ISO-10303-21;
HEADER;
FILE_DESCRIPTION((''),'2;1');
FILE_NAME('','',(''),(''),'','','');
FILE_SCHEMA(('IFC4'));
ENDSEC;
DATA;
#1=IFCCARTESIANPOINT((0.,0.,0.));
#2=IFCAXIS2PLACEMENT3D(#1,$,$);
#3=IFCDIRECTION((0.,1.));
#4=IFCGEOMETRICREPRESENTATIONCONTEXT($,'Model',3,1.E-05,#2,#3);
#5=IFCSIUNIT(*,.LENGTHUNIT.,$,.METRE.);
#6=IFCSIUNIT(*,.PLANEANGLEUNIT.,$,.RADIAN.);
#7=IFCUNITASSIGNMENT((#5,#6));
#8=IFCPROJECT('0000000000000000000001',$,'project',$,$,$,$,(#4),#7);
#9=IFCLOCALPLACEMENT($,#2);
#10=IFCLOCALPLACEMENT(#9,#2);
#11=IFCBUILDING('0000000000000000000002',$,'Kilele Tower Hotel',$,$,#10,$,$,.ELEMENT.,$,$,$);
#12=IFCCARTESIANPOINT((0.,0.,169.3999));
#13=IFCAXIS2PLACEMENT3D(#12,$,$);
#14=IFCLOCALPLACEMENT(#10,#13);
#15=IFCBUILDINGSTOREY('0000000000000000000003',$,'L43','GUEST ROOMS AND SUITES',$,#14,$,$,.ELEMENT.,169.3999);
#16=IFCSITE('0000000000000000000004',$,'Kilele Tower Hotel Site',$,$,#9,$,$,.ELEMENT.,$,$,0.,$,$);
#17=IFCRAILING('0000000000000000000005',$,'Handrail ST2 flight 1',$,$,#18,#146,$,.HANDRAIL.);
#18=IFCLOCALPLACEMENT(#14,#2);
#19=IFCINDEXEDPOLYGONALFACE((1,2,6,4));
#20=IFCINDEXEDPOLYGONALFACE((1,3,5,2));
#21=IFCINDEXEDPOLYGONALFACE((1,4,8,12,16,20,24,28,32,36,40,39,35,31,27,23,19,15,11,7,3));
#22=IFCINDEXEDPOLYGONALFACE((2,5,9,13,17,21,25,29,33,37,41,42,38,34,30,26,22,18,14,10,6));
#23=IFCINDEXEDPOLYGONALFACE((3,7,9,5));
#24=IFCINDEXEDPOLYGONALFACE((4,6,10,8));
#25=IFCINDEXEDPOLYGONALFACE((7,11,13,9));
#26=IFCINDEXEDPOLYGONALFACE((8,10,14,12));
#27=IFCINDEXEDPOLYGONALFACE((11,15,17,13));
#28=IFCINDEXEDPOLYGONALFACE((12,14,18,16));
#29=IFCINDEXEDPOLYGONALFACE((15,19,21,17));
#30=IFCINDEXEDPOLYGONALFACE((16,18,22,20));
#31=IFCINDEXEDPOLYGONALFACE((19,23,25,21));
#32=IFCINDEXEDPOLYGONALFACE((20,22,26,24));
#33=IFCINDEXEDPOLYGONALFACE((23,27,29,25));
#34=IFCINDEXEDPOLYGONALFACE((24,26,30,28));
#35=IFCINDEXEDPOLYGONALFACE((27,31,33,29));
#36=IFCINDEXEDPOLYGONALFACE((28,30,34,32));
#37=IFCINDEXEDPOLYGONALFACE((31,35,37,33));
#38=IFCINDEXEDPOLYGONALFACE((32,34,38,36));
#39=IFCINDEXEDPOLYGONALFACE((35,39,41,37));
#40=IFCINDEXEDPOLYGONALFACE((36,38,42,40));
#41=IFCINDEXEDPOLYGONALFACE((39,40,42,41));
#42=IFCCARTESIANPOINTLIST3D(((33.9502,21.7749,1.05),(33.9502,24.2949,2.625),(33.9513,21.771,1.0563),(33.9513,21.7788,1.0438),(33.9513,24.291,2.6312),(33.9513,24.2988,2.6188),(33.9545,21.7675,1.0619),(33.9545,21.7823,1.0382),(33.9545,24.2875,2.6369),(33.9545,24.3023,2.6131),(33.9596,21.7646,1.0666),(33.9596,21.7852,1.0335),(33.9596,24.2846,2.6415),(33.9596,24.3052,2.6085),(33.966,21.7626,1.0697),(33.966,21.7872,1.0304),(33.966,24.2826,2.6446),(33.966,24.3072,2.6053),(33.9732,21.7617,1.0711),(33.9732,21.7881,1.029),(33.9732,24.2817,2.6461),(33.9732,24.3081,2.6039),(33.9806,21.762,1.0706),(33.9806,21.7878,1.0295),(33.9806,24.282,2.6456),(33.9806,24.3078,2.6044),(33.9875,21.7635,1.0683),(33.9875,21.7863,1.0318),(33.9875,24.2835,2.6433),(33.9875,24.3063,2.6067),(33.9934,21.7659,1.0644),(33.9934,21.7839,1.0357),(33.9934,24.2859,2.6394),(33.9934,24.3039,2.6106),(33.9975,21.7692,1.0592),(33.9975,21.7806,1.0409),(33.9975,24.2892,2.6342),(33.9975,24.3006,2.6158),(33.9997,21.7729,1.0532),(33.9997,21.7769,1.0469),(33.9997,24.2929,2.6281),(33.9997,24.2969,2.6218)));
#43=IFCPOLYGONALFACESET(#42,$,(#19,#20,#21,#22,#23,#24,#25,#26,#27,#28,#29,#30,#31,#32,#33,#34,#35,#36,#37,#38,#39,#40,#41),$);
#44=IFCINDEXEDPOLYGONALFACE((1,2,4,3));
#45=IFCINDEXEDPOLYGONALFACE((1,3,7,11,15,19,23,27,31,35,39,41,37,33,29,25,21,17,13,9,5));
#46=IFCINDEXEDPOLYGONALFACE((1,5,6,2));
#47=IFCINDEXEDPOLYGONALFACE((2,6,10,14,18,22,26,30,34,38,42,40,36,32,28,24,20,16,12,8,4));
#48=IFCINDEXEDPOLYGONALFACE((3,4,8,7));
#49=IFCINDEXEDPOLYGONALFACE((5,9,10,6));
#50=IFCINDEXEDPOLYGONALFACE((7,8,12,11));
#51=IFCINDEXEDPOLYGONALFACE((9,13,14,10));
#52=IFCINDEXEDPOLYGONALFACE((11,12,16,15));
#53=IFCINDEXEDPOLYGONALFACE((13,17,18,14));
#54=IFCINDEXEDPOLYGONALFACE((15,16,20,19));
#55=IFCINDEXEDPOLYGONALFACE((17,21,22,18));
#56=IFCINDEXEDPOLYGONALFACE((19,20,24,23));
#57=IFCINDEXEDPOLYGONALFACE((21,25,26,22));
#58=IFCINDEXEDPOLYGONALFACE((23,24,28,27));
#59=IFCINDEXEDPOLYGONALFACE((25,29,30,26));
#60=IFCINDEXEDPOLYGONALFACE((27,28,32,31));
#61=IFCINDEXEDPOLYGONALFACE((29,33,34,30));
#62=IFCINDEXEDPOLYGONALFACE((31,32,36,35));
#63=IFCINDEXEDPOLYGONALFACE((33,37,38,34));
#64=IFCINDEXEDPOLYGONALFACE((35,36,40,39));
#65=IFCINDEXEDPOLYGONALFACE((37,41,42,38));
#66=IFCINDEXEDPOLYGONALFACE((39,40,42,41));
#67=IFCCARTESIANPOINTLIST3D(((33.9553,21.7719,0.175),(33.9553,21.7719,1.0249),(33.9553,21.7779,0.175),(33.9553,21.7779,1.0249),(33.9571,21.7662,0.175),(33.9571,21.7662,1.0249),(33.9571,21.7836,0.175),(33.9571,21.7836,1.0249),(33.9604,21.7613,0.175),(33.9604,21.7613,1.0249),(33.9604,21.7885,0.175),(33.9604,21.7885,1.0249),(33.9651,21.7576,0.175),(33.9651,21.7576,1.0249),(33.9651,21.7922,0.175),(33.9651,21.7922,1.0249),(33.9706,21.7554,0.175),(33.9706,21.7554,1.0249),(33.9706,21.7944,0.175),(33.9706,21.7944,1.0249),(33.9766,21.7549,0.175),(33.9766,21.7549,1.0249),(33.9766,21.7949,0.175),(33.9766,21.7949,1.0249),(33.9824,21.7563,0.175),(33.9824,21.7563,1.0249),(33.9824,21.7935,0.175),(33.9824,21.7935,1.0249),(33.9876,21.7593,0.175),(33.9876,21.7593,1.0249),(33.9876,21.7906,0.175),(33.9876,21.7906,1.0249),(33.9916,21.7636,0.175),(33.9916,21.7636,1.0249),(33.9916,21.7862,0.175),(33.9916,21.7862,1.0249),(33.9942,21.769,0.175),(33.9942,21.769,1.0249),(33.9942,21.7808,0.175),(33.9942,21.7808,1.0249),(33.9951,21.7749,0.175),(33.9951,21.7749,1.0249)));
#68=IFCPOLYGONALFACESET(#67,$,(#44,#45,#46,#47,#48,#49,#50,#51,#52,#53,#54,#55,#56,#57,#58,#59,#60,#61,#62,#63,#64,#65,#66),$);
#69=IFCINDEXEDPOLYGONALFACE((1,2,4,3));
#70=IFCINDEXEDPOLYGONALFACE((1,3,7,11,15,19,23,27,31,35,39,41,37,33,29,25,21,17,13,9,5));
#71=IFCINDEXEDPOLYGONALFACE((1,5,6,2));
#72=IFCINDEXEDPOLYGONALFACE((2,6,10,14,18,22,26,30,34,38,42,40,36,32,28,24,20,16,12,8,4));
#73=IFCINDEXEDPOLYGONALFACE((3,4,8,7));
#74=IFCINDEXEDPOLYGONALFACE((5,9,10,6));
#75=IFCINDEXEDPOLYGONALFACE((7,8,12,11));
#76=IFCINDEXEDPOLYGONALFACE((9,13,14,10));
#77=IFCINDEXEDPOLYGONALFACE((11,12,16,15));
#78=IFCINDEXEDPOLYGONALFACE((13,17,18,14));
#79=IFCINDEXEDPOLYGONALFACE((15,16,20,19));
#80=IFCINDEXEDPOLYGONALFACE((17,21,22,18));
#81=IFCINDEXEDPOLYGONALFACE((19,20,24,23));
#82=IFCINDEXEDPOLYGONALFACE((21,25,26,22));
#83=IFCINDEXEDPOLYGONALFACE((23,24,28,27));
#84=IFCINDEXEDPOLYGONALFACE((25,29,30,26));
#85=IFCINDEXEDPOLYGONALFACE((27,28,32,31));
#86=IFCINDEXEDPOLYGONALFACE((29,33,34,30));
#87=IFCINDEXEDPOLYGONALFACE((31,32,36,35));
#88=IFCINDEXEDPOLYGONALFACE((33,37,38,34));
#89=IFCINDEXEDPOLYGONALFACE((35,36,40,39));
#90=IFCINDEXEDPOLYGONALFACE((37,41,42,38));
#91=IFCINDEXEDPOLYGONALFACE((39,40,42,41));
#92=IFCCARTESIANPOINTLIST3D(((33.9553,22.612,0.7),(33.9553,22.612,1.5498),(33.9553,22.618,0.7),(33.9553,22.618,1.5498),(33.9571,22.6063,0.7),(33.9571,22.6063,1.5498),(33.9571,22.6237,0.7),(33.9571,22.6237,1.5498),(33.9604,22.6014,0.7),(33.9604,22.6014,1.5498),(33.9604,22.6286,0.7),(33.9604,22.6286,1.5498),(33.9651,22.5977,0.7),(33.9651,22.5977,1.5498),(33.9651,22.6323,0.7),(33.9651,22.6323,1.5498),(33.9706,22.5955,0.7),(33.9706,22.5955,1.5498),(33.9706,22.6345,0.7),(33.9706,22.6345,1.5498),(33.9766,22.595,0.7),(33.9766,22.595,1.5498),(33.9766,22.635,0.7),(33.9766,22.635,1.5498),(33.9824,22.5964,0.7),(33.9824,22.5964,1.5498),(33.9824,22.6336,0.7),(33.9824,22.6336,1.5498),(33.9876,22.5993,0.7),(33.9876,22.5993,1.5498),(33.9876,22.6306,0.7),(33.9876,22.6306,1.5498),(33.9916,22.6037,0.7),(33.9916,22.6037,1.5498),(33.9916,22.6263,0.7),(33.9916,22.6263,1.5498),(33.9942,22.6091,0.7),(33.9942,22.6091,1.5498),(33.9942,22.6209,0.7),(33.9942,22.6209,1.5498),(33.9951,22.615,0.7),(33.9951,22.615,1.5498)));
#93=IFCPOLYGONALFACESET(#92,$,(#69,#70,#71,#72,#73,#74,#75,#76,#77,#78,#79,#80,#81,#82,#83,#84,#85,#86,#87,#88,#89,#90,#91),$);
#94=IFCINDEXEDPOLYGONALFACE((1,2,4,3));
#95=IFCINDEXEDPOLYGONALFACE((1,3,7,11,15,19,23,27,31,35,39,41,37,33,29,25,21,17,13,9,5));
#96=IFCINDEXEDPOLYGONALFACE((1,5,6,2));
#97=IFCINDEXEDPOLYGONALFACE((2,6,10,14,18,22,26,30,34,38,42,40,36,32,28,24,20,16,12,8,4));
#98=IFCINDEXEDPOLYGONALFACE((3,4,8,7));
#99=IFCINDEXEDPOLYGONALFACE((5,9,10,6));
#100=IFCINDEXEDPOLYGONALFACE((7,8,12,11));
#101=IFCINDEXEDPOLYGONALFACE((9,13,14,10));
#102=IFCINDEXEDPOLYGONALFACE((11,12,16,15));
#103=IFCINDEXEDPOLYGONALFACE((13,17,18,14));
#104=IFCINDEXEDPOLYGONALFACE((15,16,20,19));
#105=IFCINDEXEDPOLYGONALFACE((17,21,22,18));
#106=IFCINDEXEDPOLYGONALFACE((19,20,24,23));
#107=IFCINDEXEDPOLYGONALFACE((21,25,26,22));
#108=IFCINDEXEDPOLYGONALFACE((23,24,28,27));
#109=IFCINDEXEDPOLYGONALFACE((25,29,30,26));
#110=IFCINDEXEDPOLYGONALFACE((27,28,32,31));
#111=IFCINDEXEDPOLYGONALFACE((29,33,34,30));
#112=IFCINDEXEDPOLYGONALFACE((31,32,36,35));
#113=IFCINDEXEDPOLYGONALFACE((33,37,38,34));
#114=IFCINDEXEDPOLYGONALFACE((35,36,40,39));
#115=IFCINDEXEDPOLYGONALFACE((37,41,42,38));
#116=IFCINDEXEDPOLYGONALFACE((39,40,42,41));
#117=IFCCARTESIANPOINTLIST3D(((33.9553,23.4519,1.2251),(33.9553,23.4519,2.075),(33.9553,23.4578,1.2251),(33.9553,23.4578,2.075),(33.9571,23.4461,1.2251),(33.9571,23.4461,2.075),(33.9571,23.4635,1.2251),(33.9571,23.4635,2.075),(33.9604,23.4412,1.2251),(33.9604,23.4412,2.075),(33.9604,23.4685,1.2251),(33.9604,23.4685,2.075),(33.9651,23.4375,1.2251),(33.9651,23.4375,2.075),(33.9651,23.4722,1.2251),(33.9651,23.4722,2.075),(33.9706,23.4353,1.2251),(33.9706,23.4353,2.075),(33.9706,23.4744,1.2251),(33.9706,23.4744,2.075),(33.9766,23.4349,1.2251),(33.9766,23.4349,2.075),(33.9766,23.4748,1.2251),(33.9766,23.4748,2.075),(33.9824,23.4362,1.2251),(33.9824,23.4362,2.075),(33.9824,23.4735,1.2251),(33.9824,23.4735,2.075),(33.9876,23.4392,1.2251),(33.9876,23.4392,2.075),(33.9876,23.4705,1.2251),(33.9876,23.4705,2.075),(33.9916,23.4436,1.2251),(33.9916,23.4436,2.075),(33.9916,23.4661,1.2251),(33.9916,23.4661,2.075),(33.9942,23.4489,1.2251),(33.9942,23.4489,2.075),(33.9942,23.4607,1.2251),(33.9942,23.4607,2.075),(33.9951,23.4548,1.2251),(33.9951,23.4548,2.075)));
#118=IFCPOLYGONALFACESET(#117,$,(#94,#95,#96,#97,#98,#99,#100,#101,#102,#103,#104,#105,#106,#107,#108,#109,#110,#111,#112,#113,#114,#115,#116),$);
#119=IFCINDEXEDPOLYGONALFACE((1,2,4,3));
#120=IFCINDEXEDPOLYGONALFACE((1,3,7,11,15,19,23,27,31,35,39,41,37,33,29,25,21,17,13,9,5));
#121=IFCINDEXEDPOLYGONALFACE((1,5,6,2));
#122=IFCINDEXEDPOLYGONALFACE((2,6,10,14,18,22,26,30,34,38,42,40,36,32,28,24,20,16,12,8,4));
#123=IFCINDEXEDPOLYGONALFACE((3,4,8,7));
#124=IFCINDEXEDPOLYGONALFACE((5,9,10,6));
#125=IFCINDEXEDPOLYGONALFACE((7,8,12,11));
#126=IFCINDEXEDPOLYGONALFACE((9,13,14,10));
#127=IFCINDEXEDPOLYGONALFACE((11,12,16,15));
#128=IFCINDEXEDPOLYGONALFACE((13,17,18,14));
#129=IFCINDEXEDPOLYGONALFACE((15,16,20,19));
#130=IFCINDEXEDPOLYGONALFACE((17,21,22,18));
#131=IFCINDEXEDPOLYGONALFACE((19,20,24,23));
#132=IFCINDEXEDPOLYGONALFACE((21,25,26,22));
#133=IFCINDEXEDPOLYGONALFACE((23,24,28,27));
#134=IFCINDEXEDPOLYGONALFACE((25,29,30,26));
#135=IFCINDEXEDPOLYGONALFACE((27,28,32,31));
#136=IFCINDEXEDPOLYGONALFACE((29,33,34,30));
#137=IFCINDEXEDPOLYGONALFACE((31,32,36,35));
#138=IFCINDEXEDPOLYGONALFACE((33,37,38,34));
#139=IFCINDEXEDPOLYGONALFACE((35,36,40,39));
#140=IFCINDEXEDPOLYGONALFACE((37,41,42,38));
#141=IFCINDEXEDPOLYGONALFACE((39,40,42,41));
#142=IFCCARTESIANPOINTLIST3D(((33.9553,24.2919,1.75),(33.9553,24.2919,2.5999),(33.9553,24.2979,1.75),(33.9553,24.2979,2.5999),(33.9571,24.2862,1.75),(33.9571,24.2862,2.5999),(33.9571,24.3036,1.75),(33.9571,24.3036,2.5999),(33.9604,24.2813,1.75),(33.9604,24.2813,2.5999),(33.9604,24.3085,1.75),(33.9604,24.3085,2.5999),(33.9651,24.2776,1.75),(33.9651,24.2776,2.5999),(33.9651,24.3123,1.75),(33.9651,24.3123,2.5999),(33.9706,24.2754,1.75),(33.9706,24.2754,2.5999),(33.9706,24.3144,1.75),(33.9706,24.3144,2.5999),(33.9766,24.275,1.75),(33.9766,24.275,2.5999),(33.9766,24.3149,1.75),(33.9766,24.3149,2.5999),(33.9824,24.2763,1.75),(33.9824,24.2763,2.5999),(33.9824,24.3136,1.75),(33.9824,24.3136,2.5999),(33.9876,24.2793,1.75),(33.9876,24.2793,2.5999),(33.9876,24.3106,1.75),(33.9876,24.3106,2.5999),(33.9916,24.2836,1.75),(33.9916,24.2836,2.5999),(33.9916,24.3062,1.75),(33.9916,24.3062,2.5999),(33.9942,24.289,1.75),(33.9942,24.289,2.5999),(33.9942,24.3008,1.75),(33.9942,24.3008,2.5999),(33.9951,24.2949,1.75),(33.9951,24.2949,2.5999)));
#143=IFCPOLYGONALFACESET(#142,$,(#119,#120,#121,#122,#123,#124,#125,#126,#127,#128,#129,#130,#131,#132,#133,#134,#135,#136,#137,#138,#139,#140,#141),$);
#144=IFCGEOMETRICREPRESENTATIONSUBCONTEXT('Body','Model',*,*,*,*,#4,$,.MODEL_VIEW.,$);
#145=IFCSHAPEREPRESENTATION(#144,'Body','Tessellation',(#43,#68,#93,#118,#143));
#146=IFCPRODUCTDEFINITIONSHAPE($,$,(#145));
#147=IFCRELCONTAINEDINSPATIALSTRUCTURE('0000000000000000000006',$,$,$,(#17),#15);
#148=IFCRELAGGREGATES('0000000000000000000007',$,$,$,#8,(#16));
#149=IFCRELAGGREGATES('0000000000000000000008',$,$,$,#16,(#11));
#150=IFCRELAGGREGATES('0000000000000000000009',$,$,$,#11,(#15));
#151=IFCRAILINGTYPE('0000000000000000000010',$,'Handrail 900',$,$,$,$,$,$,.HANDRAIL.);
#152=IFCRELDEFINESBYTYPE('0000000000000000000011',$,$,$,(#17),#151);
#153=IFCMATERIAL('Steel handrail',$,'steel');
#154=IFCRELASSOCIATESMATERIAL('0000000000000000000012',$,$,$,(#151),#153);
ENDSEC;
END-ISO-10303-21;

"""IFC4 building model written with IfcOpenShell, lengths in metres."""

from ifc_helpers import new_model, si_unit, direction, frame, origin, origin_2d, place, context, subcontext, project, spatial, circle, extrude, material, type_object, element, save


model = new_model("IFC4")

# Units and contexts
model_context = context("Model", 3, precision=1e-05, world=origin(), true_north=direction((0.0, 1.0)))
body_context = subcontext(model_context, "Body", "Model", "MODEL_VIEW")
ifc_project = project(units=[si_unit("LENGTHUNIT", "METRE"), si_unit("PLANEANGLEUNIT", "RADIAN")], contexts=[model_context])

# Site, building, storey
site_placement = place(None, origin())
site = spatial("IfcSite", under=ifc_project, at=site_placement, Name="Kilele Tower Hotel Site", CompositionType="ELEMENT", RefElevation=0.0)
building_placement = place(site_placement, origin())
building = spatial("IfcBuilding", under=site, at=building_placement, Name="Kilele Tower Hotel", CompositionType="ELEMENT")
storey_placement = place(building_placement, frame((0.0, 0.0, 169.3999)))
storey = spatial("IfcBuildingStorey", under=building, at=storey_placement, Name="L43", Description="GUEST ROOMS AND SUITES", CompositionType="ELEMENT", Elevation=169.3999)

# Railing
ifc_material_1 = material(Name="Steel handrail", Category="steel")
railing_type_1 = type_object("IfcRailingType", Name="Handrail 900", PredefinedType="HANDRAIL", material=ifc_material_1)
for number, where, name in (
    (1, (33.9751, 21.7749, 0.175), "Handrail ST2 flight 1"),
):
    element("IfcRailing", number, at=place(storey_placement, frame(where)), inside=storey, type_object=railing_type_1, Name=name, PredefinedType="HANDRAIL", context=body_context, shape_type="SweptSolid", body=[
        extrude(circle(Radius=0.0249, at=origin_2d()), frame((0.0, 0.0, 0.875), z_axis=(0.0, 0.848008, 0.529984), x_axis=(-1.0, 0.0, 0.0)), (0.0, 0.0, 1.0), 2.9717),
        extrude(circle(Radius=0.02, at=origin_2d()), origin(), (0.0, 0.0, 1.0), 0.8499),
        extrude(circle(Radius=0.02, at=origin_2d()), frame((0.0, 0.8401, 0.5249)), (0.0, 0.0, 1.0), 0.8499),
        extrude(circle(Radius=0.02, at=origin_2d()), frame((0.0, 1.6799, 1.05)), (0.0, 0.0, 1.0), 0.8499),
        extrude(circle(Radius=0.02, at=origin_2d()), frame((0.0, 2.52, 1.575)), (0.0, 0.0, 1.0), 0.8499),
    ])

save(model, "model.ifc")
